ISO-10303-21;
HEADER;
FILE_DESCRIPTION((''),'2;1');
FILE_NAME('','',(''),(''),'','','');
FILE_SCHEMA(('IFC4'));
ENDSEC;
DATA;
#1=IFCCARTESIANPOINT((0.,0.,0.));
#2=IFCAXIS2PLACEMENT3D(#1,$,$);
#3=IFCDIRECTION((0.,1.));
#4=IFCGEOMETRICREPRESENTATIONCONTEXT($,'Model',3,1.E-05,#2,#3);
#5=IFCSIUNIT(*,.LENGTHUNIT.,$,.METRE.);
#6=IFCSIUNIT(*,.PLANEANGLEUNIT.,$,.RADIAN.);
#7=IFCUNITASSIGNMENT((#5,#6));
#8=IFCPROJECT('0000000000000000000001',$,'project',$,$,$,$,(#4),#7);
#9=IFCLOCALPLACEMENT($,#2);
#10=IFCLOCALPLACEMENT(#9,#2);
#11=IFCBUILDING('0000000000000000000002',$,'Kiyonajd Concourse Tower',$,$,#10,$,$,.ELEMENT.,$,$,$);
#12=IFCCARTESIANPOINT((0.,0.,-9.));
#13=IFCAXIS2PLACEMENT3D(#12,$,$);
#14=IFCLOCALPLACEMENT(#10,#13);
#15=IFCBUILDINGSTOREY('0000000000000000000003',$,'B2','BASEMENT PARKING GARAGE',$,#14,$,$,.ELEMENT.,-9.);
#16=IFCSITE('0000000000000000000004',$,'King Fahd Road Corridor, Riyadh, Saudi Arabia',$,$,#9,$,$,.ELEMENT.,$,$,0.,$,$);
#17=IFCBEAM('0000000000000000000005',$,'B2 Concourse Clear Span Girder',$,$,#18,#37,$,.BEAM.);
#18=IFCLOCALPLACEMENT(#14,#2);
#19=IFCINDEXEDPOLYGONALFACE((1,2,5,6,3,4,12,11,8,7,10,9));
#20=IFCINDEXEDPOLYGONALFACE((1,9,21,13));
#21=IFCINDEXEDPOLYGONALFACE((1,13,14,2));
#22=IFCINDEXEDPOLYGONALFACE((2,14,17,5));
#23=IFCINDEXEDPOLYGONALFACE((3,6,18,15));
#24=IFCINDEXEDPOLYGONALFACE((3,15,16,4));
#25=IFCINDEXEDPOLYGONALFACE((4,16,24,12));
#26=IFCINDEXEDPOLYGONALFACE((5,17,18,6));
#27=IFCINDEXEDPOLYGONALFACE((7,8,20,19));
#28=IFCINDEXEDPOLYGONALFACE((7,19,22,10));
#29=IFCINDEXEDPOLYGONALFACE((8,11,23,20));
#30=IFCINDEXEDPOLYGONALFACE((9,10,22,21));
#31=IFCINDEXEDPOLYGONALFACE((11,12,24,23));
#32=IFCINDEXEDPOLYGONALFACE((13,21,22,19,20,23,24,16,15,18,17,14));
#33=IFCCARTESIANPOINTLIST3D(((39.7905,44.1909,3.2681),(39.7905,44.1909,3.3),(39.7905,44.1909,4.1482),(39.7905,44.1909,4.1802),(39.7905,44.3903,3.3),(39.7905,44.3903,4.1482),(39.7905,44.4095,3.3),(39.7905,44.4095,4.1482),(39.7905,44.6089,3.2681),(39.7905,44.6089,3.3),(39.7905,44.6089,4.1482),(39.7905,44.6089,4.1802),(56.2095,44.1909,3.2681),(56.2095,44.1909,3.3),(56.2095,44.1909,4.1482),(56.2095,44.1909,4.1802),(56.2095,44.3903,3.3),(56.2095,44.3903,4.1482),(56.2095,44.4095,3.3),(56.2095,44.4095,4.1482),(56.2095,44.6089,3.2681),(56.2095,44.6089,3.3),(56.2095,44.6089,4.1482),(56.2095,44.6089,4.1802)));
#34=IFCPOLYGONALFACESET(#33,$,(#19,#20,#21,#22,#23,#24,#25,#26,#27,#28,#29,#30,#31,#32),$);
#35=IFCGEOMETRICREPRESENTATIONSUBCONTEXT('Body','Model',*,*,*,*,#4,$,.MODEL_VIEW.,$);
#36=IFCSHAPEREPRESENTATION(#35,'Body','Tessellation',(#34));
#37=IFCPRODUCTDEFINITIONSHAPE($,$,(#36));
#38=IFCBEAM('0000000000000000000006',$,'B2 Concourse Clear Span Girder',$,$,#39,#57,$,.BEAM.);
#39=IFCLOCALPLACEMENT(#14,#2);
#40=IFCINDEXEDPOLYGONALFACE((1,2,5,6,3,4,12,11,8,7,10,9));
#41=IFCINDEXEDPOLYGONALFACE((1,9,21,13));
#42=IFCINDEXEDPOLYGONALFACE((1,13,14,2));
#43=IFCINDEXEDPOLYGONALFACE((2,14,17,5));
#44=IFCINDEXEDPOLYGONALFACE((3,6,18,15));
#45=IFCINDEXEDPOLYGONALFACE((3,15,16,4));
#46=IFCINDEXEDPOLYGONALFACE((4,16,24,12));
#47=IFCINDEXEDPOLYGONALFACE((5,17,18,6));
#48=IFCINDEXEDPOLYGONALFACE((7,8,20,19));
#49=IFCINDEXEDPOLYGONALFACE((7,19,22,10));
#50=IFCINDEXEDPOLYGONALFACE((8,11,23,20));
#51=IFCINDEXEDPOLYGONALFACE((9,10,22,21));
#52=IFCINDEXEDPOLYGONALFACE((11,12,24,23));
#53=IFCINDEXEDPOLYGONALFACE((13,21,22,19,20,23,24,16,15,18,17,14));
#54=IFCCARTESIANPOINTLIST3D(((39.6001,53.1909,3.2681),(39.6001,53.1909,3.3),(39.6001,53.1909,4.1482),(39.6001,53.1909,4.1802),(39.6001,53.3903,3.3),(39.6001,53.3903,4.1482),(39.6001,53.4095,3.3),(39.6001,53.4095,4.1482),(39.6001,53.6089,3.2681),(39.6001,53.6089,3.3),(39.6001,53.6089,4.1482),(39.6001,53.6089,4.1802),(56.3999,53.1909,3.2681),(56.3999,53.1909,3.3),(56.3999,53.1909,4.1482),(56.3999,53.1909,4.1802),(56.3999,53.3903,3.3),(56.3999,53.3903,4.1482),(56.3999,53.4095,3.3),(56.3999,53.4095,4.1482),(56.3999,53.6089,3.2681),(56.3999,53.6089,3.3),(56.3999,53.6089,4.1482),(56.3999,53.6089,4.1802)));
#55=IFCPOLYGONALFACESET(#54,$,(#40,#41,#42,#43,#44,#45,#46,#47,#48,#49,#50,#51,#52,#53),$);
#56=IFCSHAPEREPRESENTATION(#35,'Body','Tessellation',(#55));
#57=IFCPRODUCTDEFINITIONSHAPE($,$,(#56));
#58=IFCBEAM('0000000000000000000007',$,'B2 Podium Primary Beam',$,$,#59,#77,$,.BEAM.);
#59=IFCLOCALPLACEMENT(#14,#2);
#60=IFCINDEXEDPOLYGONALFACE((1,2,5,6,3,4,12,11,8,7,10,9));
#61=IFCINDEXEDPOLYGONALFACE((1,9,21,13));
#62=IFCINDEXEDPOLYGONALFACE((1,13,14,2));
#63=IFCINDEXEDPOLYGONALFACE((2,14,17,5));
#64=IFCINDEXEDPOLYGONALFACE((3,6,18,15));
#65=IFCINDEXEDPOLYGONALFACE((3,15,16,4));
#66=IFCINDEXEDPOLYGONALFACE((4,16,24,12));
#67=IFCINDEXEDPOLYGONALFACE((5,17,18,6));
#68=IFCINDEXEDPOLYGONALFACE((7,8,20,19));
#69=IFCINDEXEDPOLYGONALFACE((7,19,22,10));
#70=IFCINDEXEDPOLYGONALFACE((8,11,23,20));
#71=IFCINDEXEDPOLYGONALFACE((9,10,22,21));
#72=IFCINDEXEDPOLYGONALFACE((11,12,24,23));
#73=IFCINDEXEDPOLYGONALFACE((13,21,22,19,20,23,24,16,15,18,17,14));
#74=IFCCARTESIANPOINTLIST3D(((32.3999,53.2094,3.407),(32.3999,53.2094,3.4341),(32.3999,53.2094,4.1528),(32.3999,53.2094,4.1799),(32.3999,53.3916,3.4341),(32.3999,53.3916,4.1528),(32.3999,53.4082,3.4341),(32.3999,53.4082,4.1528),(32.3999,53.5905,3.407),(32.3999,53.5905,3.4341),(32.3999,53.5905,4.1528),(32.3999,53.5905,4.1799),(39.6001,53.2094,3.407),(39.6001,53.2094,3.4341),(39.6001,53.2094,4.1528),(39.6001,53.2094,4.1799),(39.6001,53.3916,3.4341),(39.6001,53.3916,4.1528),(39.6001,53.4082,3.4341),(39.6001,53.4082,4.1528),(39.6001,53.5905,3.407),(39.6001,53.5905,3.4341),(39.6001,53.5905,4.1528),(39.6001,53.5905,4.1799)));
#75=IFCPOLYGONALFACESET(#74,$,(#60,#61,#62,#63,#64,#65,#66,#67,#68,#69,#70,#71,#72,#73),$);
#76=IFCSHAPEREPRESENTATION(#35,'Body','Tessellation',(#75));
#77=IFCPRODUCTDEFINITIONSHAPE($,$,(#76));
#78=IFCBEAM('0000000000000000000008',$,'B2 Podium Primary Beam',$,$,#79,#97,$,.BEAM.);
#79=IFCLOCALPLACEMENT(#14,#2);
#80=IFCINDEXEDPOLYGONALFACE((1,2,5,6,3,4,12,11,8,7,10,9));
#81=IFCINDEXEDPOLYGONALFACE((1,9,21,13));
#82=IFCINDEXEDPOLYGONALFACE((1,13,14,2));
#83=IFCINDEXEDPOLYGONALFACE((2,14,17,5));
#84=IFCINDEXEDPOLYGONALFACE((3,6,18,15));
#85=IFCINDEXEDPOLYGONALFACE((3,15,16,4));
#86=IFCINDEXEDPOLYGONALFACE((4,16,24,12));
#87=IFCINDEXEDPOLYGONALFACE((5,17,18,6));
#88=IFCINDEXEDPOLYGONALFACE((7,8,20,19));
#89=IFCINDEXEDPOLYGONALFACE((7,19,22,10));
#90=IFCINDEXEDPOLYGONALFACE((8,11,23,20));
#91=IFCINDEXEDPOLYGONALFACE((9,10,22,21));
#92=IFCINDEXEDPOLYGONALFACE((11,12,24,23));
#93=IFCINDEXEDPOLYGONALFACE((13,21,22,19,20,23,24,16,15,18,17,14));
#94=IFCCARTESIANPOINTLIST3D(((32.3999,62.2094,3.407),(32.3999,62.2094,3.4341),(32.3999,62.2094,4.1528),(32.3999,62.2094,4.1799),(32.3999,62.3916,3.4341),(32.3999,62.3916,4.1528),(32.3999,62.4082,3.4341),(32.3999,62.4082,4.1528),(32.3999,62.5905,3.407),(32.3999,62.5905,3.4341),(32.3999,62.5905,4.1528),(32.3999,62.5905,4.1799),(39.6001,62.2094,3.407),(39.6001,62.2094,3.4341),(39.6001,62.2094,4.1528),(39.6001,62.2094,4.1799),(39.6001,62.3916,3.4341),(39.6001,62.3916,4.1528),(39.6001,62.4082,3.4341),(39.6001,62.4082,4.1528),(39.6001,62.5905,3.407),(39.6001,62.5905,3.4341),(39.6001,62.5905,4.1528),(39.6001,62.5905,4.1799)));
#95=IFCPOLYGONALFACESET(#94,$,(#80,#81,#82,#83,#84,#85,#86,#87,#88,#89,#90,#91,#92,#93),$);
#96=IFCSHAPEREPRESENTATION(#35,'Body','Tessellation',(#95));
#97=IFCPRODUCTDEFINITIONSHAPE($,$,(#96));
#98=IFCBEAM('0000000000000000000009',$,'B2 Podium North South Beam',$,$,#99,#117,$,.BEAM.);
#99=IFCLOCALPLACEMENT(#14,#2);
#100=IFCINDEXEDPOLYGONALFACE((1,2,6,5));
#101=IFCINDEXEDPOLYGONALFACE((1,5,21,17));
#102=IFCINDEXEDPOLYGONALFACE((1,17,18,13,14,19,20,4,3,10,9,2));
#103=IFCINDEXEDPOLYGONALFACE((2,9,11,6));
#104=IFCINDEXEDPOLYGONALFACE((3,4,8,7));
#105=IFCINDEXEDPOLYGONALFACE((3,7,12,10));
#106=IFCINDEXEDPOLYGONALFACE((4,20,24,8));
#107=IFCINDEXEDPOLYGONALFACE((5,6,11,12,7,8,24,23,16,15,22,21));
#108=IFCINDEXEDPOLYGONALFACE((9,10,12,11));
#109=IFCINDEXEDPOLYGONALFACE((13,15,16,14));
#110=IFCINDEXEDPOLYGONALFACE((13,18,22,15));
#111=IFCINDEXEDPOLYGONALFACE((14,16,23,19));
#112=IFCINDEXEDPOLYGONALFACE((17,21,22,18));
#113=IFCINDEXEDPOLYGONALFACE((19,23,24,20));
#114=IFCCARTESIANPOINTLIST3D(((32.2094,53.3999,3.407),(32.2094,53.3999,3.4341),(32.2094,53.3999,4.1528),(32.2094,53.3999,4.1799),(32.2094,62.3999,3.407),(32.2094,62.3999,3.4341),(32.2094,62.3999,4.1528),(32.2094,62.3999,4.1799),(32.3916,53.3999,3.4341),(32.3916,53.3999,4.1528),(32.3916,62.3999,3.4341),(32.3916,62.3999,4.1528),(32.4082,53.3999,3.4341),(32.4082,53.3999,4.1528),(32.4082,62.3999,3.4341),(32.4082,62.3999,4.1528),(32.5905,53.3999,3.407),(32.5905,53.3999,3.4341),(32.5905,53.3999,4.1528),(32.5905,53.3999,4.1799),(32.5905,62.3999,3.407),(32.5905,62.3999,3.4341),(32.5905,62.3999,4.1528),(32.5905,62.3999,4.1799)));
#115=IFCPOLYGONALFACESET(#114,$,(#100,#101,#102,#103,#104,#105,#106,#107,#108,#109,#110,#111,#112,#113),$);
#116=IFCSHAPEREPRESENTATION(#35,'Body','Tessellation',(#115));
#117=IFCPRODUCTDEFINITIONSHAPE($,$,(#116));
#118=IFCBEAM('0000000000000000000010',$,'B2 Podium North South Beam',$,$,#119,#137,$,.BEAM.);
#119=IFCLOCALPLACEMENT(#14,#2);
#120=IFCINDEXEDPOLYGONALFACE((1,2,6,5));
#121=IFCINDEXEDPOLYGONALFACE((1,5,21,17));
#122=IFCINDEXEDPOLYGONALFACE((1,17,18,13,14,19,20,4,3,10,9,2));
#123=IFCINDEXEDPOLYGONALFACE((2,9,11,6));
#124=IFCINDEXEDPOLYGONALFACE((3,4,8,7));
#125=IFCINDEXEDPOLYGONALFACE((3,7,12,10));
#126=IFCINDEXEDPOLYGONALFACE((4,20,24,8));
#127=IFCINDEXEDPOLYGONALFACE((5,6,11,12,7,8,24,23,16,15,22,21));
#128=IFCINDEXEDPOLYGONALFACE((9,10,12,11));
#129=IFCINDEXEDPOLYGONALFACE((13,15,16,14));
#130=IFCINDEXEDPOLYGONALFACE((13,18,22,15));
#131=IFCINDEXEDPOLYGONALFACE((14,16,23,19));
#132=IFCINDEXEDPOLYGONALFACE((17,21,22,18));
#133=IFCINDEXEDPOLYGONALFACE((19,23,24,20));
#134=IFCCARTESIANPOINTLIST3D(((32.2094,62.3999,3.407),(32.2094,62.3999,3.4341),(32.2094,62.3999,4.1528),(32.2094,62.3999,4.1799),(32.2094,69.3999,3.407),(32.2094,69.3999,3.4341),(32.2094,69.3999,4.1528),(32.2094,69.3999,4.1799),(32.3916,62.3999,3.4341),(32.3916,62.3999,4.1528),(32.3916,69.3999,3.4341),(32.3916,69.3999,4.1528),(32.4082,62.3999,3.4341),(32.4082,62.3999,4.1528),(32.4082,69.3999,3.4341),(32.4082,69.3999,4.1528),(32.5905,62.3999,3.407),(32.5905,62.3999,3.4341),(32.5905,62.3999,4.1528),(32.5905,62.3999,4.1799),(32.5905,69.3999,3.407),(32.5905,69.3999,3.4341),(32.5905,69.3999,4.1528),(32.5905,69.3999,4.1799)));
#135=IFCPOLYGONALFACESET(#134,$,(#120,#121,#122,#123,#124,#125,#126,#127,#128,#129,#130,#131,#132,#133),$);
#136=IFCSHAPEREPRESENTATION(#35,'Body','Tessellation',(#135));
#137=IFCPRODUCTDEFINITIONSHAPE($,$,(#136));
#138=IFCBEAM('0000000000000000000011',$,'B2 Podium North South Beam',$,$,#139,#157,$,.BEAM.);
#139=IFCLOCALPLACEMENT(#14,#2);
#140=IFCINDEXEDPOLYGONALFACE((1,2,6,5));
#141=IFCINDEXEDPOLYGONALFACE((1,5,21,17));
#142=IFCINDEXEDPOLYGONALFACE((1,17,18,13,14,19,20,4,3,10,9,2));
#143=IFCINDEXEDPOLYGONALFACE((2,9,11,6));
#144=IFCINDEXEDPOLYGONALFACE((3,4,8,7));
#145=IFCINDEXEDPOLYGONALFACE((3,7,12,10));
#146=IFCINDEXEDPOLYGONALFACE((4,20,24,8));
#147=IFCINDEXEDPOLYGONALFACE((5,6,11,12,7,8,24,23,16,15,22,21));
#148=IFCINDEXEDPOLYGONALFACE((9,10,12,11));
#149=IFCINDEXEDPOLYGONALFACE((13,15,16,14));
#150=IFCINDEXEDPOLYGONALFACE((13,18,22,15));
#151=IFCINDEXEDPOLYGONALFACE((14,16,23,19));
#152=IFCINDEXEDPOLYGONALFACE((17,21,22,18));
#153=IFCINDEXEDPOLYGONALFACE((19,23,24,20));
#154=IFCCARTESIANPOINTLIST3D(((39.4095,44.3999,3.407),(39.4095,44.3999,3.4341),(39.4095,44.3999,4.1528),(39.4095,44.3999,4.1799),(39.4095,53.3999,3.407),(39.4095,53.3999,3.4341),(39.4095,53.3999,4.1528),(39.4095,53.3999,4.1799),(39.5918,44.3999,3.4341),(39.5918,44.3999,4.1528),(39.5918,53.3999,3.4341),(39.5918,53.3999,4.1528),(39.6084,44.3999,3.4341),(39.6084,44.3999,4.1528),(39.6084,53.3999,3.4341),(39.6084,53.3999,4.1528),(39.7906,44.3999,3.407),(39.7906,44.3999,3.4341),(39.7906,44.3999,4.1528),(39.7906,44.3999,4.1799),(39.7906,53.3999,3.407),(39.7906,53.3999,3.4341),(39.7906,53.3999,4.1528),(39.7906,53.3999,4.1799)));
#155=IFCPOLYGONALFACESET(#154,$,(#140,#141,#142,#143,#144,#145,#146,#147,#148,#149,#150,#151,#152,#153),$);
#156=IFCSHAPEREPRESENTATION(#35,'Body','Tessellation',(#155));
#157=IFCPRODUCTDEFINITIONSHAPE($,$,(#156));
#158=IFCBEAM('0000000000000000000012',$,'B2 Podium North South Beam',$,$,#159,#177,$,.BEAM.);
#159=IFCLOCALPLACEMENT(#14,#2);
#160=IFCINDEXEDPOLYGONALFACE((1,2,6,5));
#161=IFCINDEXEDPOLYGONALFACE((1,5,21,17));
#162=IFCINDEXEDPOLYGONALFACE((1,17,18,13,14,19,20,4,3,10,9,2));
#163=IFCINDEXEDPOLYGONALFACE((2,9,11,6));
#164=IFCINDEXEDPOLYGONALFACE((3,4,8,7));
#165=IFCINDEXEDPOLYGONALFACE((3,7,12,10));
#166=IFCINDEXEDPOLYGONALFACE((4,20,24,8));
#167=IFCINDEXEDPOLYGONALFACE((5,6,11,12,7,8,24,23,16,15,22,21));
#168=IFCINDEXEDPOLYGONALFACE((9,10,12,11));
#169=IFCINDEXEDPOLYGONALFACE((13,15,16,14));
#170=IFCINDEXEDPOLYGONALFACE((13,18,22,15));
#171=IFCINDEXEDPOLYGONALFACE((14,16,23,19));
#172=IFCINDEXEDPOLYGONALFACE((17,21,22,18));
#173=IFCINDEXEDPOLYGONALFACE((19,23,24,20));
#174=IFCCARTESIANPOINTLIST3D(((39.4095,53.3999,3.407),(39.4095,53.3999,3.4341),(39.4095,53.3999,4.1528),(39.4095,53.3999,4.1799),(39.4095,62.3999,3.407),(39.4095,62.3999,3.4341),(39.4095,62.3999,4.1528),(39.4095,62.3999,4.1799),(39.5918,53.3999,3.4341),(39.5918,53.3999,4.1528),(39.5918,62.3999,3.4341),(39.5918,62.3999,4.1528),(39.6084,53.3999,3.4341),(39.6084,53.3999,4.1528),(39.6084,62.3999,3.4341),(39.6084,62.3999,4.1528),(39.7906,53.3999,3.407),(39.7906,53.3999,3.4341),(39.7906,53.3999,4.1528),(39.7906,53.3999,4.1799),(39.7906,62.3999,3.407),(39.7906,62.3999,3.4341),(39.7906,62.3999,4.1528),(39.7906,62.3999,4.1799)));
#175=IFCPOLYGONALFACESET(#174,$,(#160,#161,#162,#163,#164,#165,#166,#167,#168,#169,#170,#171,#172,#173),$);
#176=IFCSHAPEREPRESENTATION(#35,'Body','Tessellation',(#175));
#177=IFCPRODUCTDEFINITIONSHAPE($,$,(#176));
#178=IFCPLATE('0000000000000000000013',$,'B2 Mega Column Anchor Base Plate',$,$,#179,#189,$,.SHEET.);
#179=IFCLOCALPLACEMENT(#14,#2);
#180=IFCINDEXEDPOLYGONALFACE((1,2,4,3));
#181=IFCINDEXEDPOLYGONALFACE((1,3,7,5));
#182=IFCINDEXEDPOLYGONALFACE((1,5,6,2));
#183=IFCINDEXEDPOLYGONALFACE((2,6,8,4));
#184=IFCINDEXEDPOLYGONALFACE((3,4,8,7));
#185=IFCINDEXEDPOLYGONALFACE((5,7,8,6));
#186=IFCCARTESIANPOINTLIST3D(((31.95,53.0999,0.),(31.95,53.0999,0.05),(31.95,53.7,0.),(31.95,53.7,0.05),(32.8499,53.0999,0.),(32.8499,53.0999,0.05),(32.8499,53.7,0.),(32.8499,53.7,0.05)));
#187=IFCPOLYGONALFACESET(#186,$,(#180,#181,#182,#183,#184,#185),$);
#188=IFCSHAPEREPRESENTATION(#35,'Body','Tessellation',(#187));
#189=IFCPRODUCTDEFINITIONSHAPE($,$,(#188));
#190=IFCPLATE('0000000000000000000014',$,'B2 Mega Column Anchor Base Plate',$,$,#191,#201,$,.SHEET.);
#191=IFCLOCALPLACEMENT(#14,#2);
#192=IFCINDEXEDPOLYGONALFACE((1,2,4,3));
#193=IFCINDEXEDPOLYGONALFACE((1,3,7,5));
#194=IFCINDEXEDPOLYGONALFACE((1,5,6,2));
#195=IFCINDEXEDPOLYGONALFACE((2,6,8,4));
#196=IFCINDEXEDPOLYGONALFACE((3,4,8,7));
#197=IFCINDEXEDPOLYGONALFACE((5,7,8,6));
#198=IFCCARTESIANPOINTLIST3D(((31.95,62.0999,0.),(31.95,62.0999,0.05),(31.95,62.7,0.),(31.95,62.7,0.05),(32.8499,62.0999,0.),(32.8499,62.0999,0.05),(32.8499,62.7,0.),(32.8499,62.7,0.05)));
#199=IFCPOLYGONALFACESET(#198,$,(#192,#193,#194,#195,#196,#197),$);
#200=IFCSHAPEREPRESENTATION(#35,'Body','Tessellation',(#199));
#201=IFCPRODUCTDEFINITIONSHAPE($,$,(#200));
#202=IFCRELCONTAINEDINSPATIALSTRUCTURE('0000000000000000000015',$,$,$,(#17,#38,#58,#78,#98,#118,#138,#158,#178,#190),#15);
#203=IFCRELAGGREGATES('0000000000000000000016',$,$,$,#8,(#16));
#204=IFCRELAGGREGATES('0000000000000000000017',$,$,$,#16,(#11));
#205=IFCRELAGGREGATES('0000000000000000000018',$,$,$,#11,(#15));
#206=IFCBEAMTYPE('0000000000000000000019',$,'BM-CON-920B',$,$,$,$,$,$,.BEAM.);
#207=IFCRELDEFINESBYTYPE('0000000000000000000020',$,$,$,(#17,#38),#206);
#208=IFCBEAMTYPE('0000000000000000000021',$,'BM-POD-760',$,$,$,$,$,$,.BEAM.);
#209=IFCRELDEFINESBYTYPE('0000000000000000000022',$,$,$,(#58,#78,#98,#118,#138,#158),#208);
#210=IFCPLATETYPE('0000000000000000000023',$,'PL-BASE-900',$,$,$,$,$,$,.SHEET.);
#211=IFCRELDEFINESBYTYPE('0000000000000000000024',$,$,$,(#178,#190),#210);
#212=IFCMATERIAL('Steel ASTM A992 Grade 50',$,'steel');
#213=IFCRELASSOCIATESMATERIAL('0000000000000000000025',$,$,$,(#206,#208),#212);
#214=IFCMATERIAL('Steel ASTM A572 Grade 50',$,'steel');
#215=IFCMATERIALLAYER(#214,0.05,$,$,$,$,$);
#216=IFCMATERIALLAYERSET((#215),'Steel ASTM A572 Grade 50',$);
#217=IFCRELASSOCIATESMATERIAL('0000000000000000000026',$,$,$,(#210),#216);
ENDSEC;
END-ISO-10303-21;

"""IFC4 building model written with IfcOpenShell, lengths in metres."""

from ifc_helpers import new_model, si_unit, direction, frame, origin, origin_2d, place, context, subcontext, project, spatial, rectangle, i_section, extrude, material, layer, layer_set, material_profile, profile_set, type_object, element, save


model = new_model("IFC4")

# Units and contexts
model_context = context("Model", 3, precision=1e-05, world=origin(), true_north=direction((0.0, 1.0)))
body_context = subcontext(model_context, "Body", "Model", "MODEL_VIEW")
ifc_project = project(units=[si_unit("LENGTHUNIT", "METRE"), si_unit("PLANEANGLEUNIT", "RADIAN")], contexts=[model_context])

# Site, building, storey
site_placement = place(None, origin())
site = spatial("IfcSite", under=ifc_project, at=site_placement, Name="King Fahd Road Corridor, Riyadh, Saudi Arabia", CompositionType="ELEMENT", RefElevation=0.0)
building_placement = place(site_placement, origin())
building = spatial("IfcBuilding", under=site, at=building_placement, Name="Kiyonajd Concourse Tower", CompositionType="ELEMENT")
storey_placement = place(building_placement, frame((0.0, 0.0, -9.0)))
storey = spatial("IfcBuildingStorey", under=building, at=storey_placement, Name="B2", Description="BASEMENT PARKING GARAGE", CompositionType="ELEMENT", Elevation=-9.0)

# Beams
ifc_material_1 = material(Name="Steel ASTM A992 Grade 50", Category="steel")
ifc_material_profile_1 = material_profile(ifc_material_1, i_section(OverallWidth=0.418, OverallDepth=0.9121, WebThickness=0.0193, FlangeThickness=0.032, at=origin_2d()), Name="W920X342")
ifc_profile_set_1 = profile_set([ifc_material_profile_1], Name="Steel ASTM A992 Grade 50")
beam_type_1 = type_object("IfcBeamType", Name="BM-CON-920B", PredefinedType="BEAM", material=ifc_profile_set_1)
beam_1_placement = place(storey_placement, frame((39.7905, 44.3999, 3.7241), z_axis=(1.0, 0.0, 0.0), x_axis=(0.0, 1.0, 0.0)))
element("IfcBeam", 1, at=beam_1_placement, inside=storey, type_object=beam_type_1, Name="B2 Concourse Clear Span Girder", PredefinedType="BEAM", context=body_context, shape_type="SweptSolid", body=[
    extrude(i_section(OverallWidth=0.418, OverallDepth=0.9121, WebThickness=0.0193, FlangeThickness=0.032, at=origin_2d()), origin(), (0.0, 0.0, 1.0), 16.4189),
])
beam_2_placement = place(storey_placement, frame((39.6001, 53.3999, 3.7241), z_axis=(1.0, 0.0, 0.0), x_axis=(0.0, 1.0, 0.0)))
element("IfcBeam", 2, at=beam_2_placement, inside=storey, type_object=beam_type_1, Name="B2 Concourse Clear Span Girder", PredefinedType="BEAM", context=body_context, shape_type="SweptSolid", body=[
    extrude(i_section(OverallWidth=0.418, OverallDepth=0.9121, WebThickness=0.0193, FlangeThickness=0.032, at=origin_2d()), origin(), (0.0, 0.0, 1.0), 16.7998),
])
ifc_material_profile_2 = material_profile(ifc_material_1, i_section(OverallWidth=0.3811, OverallDepth=0.7729, WebThickness=0.0166, FlangeThickness=0.0271, at=origin_2d()), Name="W760X257")
ifc_profile_set_2 = profile_set([ifc_material_profile_2], Name="Steel ASTM A992 Grade 50")
beam_type_2 = type_object("IfcBeamType", Name="BM-POD-760", PredefinedType="BEAM", material=ifc_profile_set_2)
for number, where, z_axis, x_axis, name in (
    (3, (32.3999, 53.3999, 3.7935), (1.0, 0.0, 0.0), (0.0, 1.0, 0.0), "B2 Podium Primary Beam"),
    (4, (32.3999, 62.3999, 3.7935), (1.0, 0.0, 0.0), (0.0, 1.0, 0.0), "B2 Podium Primary Beam"),
):
    element("IfcBeam", number, at=place(storey_placement, frame(where, z_axis=z_axis, x_axis=x_axis)), inside=storey, type_object=beam_type_2, Name=name, PredefinedType="BEAM", context=body_context, shape_type="SweptSolid", body=[
        extrude(i_section(OverallWidth=0.3811, OverallDepth=0.7729, WebThickness=0.0166, FlangeThickness=0.0271, at=origin_2d()), origin(), (0.0, 0.0, 1.0), 7.2002),
    ])
beam_3_placement = place(storey_placement, frame((32.3999, 53.3999, 3.7935), z_axis=(0.0, 1.0, 0.0), x_axis=(-1.0, 0.0, 0.0)))
element("IfcBeam", 5, at=beam_3_placement, inside=storey, type_object=beam_type_2, Name="B2 Podium North South Beam", PredefinedType="BEAM", context=body_context, shape_type="SweptSolid", body=[
    extrude(i_section(OverallWidth=0.3811, OverallDepth=0.7729, WebThickness=0.0166, FlangeThickness=0.0271, at=origin_2d()), origin(), (0.0, 0.0, 1.0), 9.0),
])
beam_4_placement = place(storey_placement, frame((32.3999, 62.3999, 3.7935), z_axis=(0.0, 1.0, 0.0), x_axis=(-1.0, 0.0, 0.0)))
element("IfcBeam", 6, at=beam_4_placement, inside=storey, type_object=beam_type_2, Name="B2 Podium North South Beam", PredefinedType="BEAM", context=body_context, shape_type="SweptSolid", body=[
    extrude(i_section(OverallWidth=0.3811, OverallDepth=0.7729, WebThickness=0.0166, FlangeThickness=0.0271, at=origin_2d()), origin(), (0.0, 0.0, 1.0), 7.0),
])
for number, where, z_axis, x_axis, name in (
    (7, (39.6001, 44.3999, 3.7935), (0.0, 1.0, 0.0), (-1.0, 0.0, 0.0), "B2 Podium North South Beam"),
    (8, (39.6001, 53.3999, 3.7935), (0.0, 1.0, 0.0), (-1.0, 0.0, 0.0), "B2 Podium North South Beam"),
):
    element("IfcBeam", number, at=place(storey_placement, frame(where, z_axis=z_axis, x_axis=x_axis)), inside=storey, type_object=beam_type_2, Name=name, PredefinedType="BEAM", context=body_context, shape_type="SweptSolid", body=[
        extrude(i_section(OverallWidth=0.3811, OverallDepth=0.7729, WebThickness=0.0166, FlangeThickness=0.0271, at=origin_2d()), origin(), (0.0, 0.0, 1.0), 9.0),
    ])

# Plates
ifc_material_2 = material(Name="Steel ASTM A572 Grade 50", Category="steel")
ifc_layer = layer(ifc_material_2, 0.05)
ifc_layer_set = layer_set([ifc_layer], Name="Steel ASTM A572 Grade 50")
plate_type = type_object("IfcPlateType", Name="PL-BASE-900", PredefinedType="SHEET", material=ifc_layer_set)
for number, where, z_axis, x_axis, name in (
    (9, (32.3999, 53.3999, 0.0), (0.0, 0.0, 1.0), (1.0, 0.0, 0.0), "B2 Mega Column Anchor Base Plate"),
    (10, (32.3999, 62.3999, 0.0), (0.0, 0.0, 1.0), (1.0, 0.0, 0.0), "B2 Mega Column Anchor Base Plate"),
):
    element("IfcPlate", number, at=place(storey_placement, frame(where, z_axis=z_axis, x_axis=x_axis)), inside=storey, type_object=plate_type, Name=name, PredefinedType="SHEET", context=body_context, shape_type="SweptSolid", body=[
        extrude(rectangle(XDim=0.8999, YDim=0.6001, at=origin_2d()), origin(), (0.0, 0.0, 1.0), 0.05),
    ])

save(model, "model.ifc")
